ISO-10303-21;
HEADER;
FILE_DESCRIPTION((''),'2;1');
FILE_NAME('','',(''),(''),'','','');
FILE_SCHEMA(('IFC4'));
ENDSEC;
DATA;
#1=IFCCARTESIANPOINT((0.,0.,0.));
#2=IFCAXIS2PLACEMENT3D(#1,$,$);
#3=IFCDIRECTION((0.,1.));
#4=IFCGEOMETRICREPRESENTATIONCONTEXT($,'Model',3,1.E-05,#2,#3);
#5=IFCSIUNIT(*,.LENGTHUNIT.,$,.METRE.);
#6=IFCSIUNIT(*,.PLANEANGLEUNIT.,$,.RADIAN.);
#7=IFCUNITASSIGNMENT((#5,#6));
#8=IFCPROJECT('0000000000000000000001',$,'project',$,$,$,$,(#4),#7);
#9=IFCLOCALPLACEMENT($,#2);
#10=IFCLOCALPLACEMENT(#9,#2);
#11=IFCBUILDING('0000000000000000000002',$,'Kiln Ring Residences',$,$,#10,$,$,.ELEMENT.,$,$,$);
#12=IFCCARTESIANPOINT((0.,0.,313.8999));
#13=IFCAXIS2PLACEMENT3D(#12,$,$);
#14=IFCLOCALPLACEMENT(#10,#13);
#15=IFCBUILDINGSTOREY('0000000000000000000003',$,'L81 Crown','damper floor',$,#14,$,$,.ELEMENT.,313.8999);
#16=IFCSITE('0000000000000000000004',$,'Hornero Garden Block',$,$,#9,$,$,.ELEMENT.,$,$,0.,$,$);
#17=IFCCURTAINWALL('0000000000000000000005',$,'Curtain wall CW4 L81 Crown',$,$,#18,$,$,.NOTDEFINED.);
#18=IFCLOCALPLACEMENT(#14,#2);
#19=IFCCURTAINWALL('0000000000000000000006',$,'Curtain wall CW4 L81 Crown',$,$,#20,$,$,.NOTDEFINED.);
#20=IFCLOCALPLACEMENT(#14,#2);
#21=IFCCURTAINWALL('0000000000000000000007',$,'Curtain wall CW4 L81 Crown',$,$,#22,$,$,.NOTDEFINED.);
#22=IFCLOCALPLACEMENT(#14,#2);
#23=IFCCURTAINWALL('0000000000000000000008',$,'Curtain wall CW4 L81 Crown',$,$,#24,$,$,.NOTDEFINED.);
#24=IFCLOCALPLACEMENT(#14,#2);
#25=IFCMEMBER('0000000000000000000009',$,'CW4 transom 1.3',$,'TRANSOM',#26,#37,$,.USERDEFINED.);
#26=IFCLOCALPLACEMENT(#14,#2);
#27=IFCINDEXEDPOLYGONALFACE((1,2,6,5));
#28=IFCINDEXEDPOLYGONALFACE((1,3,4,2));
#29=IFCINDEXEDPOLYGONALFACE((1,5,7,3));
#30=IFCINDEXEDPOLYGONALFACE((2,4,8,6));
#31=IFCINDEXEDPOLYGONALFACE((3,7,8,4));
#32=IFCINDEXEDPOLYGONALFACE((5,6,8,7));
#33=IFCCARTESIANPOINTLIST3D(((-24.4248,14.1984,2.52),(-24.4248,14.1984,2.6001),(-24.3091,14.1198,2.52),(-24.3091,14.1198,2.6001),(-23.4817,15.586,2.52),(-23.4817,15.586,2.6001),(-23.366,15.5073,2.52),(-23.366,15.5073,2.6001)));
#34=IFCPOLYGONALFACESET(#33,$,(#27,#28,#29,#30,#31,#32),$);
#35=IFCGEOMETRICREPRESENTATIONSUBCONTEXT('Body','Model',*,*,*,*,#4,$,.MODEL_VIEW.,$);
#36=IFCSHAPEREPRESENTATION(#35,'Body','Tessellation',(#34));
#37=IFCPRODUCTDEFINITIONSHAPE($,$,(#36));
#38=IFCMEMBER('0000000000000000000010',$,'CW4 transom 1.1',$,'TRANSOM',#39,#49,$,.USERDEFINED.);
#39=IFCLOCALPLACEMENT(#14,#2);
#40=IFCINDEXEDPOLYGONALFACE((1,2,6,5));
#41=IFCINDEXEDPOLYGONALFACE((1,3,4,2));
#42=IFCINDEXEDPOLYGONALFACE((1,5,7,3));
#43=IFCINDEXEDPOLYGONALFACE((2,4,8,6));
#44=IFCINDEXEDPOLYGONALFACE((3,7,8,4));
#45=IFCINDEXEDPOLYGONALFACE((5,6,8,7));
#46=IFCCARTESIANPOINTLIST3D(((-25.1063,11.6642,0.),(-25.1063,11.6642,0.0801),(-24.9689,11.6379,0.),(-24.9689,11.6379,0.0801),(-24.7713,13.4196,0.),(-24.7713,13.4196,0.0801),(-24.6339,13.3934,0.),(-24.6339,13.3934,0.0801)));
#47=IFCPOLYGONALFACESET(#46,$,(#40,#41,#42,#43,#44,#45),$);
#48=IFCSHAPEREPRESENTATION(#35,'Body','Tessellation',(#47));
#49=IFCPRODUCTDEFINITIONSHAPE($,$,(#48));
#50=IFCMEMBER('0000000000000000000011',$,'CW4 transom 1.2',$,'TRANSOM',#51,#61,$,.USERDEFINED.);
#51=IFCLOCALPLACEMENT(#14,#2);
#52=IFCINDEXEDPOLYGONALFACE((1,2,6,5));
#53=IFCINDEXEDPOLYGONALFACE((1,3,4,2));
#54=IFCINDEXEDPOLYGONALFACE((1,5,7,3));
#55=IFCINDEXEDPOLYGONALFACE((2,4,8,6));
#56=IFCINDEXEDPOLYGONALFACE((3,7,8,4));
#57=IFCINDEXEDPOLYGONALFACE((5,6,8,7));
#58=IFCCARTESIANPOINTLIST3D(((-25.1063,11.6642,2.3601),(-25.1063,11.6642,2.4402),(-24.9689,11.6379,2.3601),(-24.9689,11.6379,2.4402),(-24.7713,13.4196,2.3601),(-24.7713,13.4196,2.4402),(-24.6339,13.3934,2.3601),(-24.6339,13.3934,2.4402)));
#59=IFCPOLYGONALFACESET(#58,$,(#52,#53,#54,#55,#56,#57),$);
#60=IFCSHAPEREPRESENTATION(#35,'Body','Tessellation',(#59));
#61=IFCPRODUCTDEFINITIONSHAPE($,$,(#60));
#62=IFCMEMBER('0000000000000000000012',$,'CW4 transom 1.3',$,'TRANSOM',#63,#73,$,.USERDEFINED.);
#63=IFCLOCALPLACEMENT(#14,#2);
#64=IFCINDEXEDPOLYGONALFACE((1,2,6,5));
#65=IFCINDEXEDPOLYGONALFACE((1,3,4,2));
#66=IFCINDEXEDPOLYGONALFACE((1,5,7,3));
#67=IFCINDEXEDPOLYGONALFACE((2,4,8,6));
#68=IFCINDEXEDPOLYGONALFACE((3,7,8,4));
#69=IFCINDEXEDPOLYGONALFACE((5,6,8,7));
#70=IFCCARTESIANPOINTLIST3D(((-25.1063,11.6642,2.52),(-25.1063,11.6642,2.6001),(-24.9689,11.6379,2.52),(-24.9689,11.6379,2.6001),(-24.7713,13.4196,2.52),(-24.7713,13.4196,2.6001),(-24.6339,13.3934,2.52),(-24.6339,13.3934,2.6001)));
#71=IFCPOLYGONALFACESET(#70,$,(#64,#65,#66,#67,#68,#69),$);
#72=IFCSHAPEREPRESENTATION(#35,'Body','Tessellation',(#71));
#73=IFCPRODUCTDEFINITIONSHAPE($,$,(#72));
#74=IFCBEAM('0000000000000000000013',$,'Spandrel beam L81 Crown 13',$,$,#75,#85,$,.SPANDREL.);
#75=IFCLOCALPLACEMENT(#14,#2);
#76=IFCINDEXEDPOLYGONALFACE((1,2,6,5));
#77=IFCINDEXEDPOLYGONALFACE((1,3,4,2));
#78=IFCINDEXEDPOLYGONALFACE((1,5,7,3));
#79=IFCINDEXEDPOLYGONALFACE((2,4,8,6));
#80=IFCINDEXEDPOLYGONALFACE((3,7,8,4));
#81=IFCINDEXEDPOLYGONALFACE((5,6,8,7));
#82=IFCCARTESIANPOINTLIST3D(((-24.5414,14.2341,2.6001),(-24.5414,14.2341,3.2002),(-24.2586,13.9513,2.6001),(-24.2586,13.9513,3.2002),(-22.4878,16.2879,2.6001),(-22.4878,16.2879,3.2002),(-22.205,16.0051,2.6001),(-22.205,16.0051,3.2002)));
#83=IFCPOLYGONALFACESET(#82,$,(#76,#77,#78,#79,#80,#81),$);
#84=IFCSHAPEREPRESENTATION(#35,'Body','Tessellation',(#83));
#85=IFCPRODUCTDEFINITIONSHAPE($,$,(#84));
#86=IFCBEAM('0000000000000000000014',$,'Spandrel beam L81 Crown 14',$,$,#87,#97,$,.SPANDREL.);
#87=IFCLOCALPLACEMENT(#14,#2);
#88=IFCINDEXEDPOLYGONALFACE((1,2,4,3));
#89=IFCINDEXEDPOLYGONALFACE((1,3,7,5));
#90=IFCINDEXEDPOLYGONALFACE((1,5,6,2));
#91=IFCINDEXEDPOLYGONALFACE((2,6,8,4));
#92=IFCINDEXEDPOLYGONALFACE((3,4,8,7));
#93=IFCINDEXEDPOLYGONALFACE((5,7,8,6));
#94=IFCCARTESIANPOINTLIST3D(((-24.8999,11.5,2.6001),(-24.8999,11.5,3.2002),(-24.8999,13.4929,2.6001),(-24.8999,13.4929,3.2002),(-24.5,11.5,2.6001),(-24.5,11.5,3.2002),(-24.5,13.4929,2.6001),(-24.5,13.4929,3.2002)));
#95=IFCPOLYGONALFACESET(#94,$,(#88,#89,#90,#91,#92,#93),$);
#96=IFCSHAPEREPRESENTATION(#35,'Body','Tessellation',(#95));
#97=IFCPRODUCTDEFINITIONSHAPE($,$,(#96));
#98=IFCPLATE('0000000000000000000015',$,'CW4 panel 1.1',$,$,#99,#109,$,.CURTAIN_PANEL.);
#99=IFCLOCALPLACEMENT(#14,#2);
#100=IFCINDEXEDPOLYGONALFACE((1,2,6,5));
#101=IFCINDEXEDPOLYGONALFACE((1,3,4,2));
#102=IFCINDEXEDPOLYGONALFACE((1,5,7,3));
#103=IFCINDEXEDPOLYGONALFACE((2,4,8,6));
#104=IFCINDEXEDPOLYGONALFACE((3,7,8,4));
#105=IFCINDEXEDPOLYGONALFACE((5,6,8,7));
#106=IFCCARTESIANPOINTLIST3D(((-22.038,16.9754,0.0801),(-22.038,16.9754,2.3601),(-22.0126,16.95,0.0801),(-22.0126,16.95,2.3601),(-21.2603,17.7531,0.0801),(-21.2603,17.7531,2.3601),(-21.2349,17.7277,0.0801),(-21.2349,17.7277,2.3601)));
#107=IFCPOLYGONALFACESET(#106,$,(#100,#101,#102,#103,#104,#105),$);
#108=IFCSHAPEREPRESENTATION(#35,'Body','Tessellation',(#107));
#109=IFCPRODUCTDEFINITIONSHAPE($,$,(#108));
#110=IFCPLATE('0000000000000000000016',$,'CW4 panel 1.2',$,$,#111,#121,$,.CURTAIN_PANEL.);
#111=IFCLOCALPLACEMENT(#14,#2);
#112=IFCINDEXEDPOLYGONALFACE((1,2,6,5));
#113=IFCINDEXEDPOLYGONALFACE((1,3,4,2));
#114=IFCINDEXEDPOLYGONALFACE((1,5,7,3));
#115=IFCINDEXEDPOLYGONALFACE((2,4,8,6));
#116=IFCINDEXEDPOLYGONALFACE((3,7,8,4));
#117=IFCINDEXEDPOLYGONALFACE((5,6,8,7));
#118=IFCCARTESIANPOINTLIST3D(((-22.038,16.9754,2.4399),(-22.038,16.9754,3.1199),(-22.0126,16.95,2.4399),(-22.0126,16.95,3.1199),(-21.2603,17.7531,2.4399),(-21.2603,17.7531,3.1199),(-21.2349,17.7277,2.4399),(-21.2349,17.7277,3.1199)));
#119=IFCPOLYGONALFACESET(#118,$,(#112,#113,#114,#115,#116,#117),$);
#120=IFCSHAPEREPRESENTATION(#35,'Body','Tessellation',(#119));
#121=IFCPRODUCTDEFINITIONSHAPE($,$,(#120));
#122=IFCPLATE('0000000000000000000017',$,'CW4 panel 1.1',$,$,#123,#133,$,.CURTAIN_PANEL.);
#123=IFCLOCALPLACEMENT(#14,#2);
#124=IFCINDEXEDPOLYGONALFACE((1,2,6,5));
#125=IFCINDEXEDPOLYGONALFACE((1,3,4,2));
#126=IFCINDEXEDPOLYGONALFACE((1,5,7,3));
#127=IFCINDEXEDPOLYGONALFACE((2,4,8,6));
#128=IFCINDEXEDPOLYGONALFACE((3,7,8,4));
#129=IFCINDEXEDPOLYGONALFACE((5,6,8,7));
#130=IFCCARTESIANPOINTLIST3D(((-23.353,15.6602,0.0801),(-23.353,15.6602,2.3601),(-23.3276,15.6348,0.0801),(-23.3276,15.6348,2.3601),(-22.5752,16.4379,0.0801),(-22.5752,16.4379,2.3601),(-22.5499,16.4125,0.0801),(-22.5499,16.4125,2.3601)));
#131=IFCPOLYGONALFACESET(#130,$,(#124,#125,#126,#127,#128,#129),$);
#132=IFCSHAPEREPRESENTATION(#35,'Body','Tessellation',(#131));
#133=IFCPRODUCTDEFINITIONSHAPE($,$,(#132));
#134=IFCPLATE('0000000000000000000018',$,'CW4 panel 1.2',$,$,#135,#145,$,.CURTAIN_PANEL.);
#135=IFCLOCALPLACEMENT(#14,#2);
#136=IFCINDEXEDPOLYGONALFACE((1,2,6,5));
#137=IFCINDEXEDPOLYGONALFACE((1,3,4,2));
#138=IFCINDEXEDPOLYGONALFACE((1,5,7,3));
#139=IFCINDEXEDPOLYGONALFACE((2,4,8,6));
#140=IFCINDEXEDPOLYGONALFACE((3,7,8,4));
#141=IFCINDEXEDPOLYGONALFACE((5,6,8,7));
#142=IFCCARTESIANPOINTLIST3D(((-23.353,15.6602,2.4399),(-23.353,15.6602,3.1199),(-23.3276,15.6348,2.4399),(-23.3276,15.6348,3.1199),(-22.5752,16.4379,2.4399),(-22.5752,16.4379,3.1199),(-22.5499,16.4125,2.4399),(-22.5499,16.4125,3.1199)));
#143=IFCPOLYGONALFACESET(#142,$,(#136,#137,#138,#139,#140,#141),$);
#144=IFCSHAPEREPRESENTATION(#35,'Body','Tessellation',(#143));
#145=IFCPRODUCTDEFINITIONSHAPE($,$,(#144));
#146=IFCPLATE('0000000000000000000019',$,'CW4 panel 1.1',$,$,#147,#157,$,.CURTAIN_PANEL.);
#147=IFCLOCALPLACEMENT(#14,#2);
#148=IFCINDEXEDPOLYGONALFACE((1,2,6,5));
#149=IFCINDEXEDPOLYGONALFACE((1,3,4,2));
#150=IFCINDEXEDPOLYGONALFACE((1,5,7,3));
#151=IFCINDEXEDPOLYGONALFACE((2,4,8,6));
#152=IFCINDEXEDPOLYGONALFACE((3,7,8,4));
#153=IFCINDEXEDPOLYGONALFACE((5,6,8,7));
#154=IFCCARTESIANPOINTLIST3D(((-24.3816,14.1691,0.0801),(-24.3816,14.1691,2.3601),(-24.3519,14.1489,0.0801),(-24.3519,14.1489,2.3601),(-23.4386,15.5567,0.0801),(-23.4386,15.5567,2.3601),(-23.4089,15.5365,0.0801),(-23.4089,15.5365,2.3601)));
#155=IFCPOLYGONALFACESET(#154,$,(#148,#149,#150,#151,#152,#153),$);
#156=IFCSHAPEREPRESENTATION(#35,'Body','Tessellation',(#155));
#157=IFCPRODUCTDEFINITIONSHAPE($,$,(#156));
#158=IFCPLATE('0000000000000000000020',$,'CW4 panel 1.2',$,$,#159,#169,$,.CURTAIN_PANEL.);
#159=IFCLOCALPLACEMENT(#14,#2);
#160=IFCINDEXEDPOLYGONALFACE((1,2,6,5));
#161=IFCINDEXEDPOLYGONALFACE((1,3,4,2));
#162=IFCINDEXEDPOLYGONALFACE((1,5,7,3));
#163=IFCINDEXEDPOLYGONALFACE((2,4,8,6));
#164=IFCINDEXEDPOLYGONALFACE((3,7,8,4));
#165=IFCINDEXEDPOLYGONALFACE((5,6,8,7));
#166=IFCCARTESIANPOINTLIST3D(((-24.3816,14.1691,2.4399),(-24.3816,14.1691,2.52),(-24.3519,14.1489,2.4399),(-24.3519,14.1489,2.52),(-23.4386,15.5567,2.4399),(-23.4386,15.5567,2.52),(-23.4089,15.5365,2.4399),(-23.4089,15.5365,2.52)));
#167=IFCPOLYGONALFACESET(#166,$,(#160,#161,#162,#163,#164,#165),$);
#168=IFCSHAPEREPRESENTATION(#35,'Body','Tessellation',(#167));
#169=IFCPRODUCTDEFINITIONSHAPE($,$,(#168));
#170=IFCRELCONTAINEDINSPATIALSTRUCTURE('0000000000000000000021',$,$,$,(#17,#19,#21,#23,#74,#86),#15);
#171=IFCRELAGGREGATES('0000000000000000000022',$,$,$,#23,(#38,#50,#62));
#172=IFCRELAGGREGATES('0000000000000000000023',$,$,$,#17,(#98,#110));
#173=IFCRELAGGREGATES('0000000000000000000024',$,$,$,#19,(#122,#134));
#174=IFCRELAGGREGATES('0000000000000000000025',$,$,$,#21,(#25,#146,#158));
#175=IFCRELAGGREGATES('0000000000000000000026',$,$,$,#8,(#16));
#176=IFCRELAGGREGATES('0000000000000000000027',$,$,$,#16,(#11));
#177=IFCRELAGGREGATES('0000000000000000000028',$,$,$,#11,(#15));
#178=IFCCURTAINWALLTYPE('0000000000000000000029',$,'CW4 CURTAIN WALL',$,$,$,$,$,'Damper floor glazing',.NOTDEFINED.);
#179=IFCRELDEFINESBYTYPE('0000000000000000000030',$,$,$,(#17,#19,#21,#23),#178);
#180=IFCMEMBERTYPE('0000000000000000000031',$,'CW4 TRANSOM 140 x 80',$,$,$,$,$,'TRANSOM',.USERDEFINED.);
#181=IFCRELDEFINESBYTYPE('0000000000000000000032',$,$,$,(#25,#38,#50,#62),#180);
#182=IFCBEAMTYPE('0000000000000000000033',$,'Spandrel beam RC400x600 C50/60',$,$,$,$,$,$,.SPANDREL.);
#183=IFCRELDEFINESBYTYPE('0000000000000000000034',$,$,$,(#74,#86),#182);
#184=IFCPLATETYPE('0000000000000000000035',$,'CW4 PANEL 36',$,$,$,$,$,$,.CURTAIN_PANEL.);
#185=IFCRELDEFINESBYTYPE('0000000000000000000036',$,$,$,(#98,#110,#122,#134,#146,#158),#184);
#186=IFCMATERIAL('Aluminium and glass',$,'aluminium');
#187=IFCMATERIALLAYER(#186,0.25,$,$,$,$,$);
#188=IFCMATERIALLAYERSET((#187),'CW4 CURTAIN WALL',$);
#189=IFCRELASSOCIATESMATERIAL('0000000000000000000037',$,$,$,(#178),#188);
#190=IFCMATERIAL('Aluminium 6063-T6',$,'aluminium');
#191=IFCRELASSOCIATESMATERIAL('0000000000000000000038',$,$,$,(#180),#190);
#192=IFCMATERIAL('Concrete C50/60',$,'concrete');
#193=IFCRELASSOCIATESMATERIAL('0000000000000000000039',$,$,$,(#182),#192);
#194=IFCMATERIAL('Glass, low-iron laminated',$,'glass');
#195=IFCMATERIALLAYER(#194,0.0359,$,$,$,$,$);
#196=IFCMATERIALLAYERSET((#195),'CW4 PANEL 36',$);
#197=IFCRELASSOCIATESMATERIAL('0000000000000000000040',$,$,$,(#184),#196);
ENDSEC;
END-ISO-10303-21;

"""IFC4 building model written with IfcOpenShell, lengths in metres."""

from ifc_helpers import new_model, si_unit, direction, frame, origin, origin_2d, place, context, subcontext, project, spatial, rectangle, extrude, material, layer, layer_set, material_profile, profile_set, type_object, element, aggregate, save


model = new_model("IFC4")

# Units and contexts
model_context = context("Model", 3, precision=1e-05, world=origin(), true_north=direction((0.0, 1.0)))
body_context = subcontext(model_context, "Body", "Model", "MODEL_VIEW")
ifc_project = project(units=[si_unit("LENGTHUNIT", "METRE"), si_unit("PLANEANGLEUNIT", "RADIAN")], contexts=[model_context])

# Site, building, storey
site_placement = place(None, origin())
site = spatial("IfcSite", under=ifc_project, at=site_placement, Name="Hornero Garden Block", CompositionType="ELEMENT", RefElevation=0.0)
building_placement = place(site_placement, origin())
building = spatial("IfcBuilding", under=site, at=building_placement, Name="Kiln Ring Residences", CompositionType="ELEMENT")
storey_placement = place(building_placement, frame((0.0, 0.0, 313.8999)))
storey = spatial("IfcBuildingStorey", under=building, at=storey_placement, Name="L81 Crown", Description="damper floor", CompositionType="ELEMENT", Elevation=313.8999)

# Curtain wall
ifc_material_1 = material(Name="Aluminium and glass", Category="aluminium")
ifc_layer_1 = layer(ifc_material_1, 0.25)
ifc_layer_set_1 = layer_set([ifc_layer_1], Name="CW4 CURTAIN WALL")
curtain_wall_type = type_object("IfcCurtainWallType", Name="CW4 CURTAIN WALL", ElementType="Damper floor glazing", PredefinedType="NOTDEFINED", material=ifc_layer_set_1)
placement = place(storey_placement, origin())
curtain_wall_1 = element("IfcCurtainWall", 1, at=placement, inside=storey, type_object=curtain_wall_type, Name="Curtain wall CW4 L81 Crown", PredefinedType="NOTDEFINED")

# Curtain walls
curtain_wall_2 = element("IfcCurtainWall", 2, at=placement, inside=storey, type_object=curtain_wall_type, Name="Curtain wall CW4 L81 Crown", PredefinedType="NOTDEFINED")
curtain_wall_3 = element("IfcCurtainWall", 3, at=placement, inside=storey, type_object=curtain_wall_type, Name="Curtain wall CW4 L81 Crown", PredefinedType="NOTDEFINED")

# Curtain wall
curtain_wall_4 = element("IfcCurtainWall", 4, at=placement, inside=storey, type_object=curtain_wall_type, Name="Curtain wall CW4 L81 Crown", PredefinedType="NOTDEFINED")

# Members
ifc_material_2 = material(Name="Aluminium 6063-T6", Category="aluminium")
ifc_material_profile_1 = material_profile(ifc_material_2, rectangle(XDim=0.1399, YDim=0.0801, at=origin_2d()), Name="AL 140x80")
ifc_profile_set_1 = profile_set([ifc_material_profile_1], Name="Aluminium 6063-T6")
member_type_1 = type_object("IfcMemberType", Name="CW4 TRANSOM 140 x 80", ElementType="TRANSOM", PredefinedType="USERDEFINED", material=ifc_profile_set_1)
member_1_placement = place(storey_placement, frame((-23.4238, 15.5466, 2.5601), z_axis=(-0.562167, -0.827024, 0.0), x_axis=(0.827024, -0.562167, 0.0)))
member_1 = element("IfcMember", 5, at=member_1_placement, type_object=member_type_1, Name="CW4 transom 1.3", ObjectType="TRANSOM", PredefinedType="USERDEFINED", context=body_context, shape_type="SweptSolid", body=[
    extrude(rectangle(XDim=0.1399, YDim=0.0801, at=origin_2d()), origin(), (0.0, 0.0, 1.0), 1.6777),
])
member_2_placement = place(storey_placement, frame((-24.7026, 13.4065, 0.04), z_axis=(-0.187439, -0.982276, 0.0), x_axis=(0.982276, -0.187439, 0.0)))
member_2 = element("IfcMember", 6, at=member_2_placement, type_object=member_type_1, Name="CW4 transom 1.1", ObjectType="TRANSOM", PredefinedType="USERDEFINED", context=body_context, shape_type="SweptSolid", body=[
    extrude(rectangle(XDim=0.1399, YDim=0.0801, at=origin_2d()), origin(), (0.0, 0.0, 1.0), 1.7871),
])
member_3_placement = place(storey_placement, frame((-24.7026, 13.4065, 2.4001), z_axis=(-0.187439, -0.982276, 0.0), x_axis=(0.982276, -0.187439, 0.0)))
member_3 = element("IfcMember", 7, at=member_3_placement, type_object=member_type_1, Name="CW4 transom 1.2", ObjectType="TRANSOM", PredefinedType="USERDEFINED", context=body_context, shape_type="SweptSolid", body=[
    extrude(rectangle(XDim=0.1399, YDim=0.0801, at=origin_2d()), origin(), (0.0, 0.0, 1.0), 1.7871),
])
member_4_placement = place(storey_placement, frame((-24.7026, 13.4065, 2.5601), z_axis=(-0.187439, -0.982276, 0.0), x_axis=(0.982276, -0.187439, 0.0)))
member_4 = element("IfcMember", 8, at=member_4_placement, type_object=member_type_1, Name="CW4 transom 1.3", ObjectType="TRANSOM", PredefinedType="USERDEFINED", context=body_context, shape_type="SweptSolid", body=[
    extrude(rectangle(XDim=0.1399, YDim=0.0801, at=origin_2d()), origin(), (0.0, 0.0, 1.0), 1.7871),
])
aggregate(curtain_wall_4, [member_2, member_3, member_4])

# Beams
ifc_material_3 = material(Name="Concrete C50/60", Category="concrete")
ifc_material_profile_2 = material_profile(ifc_material_3, rectangle(XDim=0.3999, YDim=0.6001, at=origin_2d()), Name="RC400x600")
ifc_profile_set_2 = profile_set([ifc_material_profile_2], Name="Concrete C50/60")
beam_type = type_object("IfcBeamType", Name="Spandrel beam RC400x600 C50/60", PredefinedType="SPANDREL", material=ifc_profile_set_2)
beam_1_placement = place(storey_placement, frame((-22.3464, 16.1465, 2.9001), z_axis=(-0.707065, -0.707149, 0.0), x_axis=(0.707149, -0.707065, 0.0)))
element("IfcBeam", 9, at=beam_1_placement, inside=storey, type_object=beam_type, Name="Spandrel beam L81 Crown 13", PredefinedType="SPANDREL", context=body_context, shape_type="SweptSolid", body=[
    extrude(rectangle(XDim=0.3999, YDim=0.6001, at=origin_2d()), origin(), (0.0, 0.0, 1.0), 2.9043),
])
beam_2_placement = place(storey_placement, frame((-24.7, 13.4929, 2.9001), z_axis=(0.0, -1.0, 0.0), x_axis=(1.0, 0.0, 0.0)))
element("IfcBeam", 10, at=beam_2_placement, inside=storey, type_object=beam_type, Name="Spandrel beam L81 Crown 14", PredefinedType="SPANDREL", context=body_context, shape_type="SweptSolid", body=[
    extrude(rectangle(XDim=0.3999, YDim=0.6001, at=origin_2d()), origin(), (0.0, 0.0, 1.0), 1.9929),
])

# Plates
ifc_material_4 = material(Name="Glass, low-iron laminated", Category="glass")
ifc_layer_2 = layer(ifc_material_4, 0.0359)
ifc_layer_set_2 = layer_set([ifc_layer_2], Name="CW4 PANEL 36")
plate_type = type_object("IfcPlateType", Name="CW4 PANEL 36", PredefinedType="CURTAIN_PANEL", material=ifc_layer_set_2)
plate_1_placement = place(storey_placement, frame((-21.6365, 17.3516, 0.0801), z_axis=(0.0, 0.0, 1.0), x_axis=(-0.707107, -0.707107, 0.0)))
plate_1 = element("IfcPlate", 11, at=plate_1_placement, type_object=plate_type, Name="CW4 panel 1.1", PredefinedType="CURTAIN_PANEL", context=body_context, shape_type="SweptSolid", body=[
    extrude(rectangle(XDim=1.0999, YDim=0.0359, at=origin_2d()), origin(), (0.0, 0.0, 1.0), 2.28),
])
plate_2_placement = place(storey_placement, frame((-21.6365, 17.3516, 2.4399), z_axis=(0.0, 0.0, 1.0), x_axis=(-0.707107, -0.707107, 0.0)))
plate_2 = element("IfcPlate", 12, at=plate_2_placement, type_object=plate_type, Name="CW4 panel 1.2", PredefinedType="CURTAIN_PANEL", context=body_context, shape_type="SweptSolid", body=[
    extrude(rectangle(XDim=1.0999, YDim=0.0359, at=origin_2d()), origin(), (0.0, 0.0, 1.0), 0.6799),
])
aggregate(curtain_wall_1, [plate_1, plate_2])
plate_3_placement = place(storey_placement, frame((-22.9514, 16.0364, 0.0801), z_axis=(0.0, 0.0, 1.0), x_axis=(-0.707107, -0.707107, 0.0)))
plate_3 = element("IfcPlate", 13, at=plate_3_placement, type_object=plate_type, Name="CW4 panel 1.1", PredefinedType="CURTAIN_PANEL", context=body_context, shape_type="SweptSolid", body=[
    extrude(rectangle(XDim=1.0999, YDim=0.0359, at=origin_2d()), origin(), (0.0, 0.0, 1.0), 2.28),
])
plate_4_placement = place(storey_placement, frame((-22.9514, 16.0364, 2.4399), z_axis=(0.0, 0.0, 1.0), x_axis=(-0.707107, -0.707107, 0.0)))
plate_4 = element("IfcPlate", 14, at=plate_4_placement, type_object=plate_type, Name="CW4 panel 1.2", PredefinedType="CURTAIN_PANEL", context=body_context, shape_type="SweptSolid", body=[
    extrude(rectangle(XDim=1.0999, YDim=0.0359, at=origin_2d()), origin(), (0.0, 0.0, 1.0), 0.6799),
])
aggregate(curtain_wall_2, [plate_3, plate_4])
plate_5_placement = place(storey_placement, frame((-23.8953, 14.8528, 0.0801), z_axis=(0.0, 0.0, 1.0), x_axis=(-0.562097, -0.827072, 0.0)))
plate_5 = element("IfcPlate", 15, at=plate_5_placement, type_object=plate_type, Name="CW4 panel 1.1", PredefinedType="CURTAIN_PANEL", context=body_context, shape_type="SweptSolid", body=[
    extrude(rectangle(XDim=1.6777, YDim=0.0359, at=origin_2d()), origin(), (0.0, 0.0, 1.0), 2.28),
])
plate_6_placement = place(storey_placement, frame((-23.8953, 14.8528, 2.4399), z_axis=(0.0, 0.0, 1.0), x_axis=(-0.562097, -0.827072, 0.0)))
plate_6 = element("IfcPlate", 16, at=plate_6_placement, type_object=plate_type, Name="CW4 panel 1.2", PredefinedType="CURTAIN_PANEL", context=body_context, shape_type="SweptSolid", body=[
    extrude(rectangle(XDim=1.6777, YDim=0.0359, at=origin_2d()), origin(), (0.0, 0.0, 1.0), 0.0801),
])
aggregate(curtain_wall_3, [member_1, plate_5, plate_6])

save(model, "model.ifc")
